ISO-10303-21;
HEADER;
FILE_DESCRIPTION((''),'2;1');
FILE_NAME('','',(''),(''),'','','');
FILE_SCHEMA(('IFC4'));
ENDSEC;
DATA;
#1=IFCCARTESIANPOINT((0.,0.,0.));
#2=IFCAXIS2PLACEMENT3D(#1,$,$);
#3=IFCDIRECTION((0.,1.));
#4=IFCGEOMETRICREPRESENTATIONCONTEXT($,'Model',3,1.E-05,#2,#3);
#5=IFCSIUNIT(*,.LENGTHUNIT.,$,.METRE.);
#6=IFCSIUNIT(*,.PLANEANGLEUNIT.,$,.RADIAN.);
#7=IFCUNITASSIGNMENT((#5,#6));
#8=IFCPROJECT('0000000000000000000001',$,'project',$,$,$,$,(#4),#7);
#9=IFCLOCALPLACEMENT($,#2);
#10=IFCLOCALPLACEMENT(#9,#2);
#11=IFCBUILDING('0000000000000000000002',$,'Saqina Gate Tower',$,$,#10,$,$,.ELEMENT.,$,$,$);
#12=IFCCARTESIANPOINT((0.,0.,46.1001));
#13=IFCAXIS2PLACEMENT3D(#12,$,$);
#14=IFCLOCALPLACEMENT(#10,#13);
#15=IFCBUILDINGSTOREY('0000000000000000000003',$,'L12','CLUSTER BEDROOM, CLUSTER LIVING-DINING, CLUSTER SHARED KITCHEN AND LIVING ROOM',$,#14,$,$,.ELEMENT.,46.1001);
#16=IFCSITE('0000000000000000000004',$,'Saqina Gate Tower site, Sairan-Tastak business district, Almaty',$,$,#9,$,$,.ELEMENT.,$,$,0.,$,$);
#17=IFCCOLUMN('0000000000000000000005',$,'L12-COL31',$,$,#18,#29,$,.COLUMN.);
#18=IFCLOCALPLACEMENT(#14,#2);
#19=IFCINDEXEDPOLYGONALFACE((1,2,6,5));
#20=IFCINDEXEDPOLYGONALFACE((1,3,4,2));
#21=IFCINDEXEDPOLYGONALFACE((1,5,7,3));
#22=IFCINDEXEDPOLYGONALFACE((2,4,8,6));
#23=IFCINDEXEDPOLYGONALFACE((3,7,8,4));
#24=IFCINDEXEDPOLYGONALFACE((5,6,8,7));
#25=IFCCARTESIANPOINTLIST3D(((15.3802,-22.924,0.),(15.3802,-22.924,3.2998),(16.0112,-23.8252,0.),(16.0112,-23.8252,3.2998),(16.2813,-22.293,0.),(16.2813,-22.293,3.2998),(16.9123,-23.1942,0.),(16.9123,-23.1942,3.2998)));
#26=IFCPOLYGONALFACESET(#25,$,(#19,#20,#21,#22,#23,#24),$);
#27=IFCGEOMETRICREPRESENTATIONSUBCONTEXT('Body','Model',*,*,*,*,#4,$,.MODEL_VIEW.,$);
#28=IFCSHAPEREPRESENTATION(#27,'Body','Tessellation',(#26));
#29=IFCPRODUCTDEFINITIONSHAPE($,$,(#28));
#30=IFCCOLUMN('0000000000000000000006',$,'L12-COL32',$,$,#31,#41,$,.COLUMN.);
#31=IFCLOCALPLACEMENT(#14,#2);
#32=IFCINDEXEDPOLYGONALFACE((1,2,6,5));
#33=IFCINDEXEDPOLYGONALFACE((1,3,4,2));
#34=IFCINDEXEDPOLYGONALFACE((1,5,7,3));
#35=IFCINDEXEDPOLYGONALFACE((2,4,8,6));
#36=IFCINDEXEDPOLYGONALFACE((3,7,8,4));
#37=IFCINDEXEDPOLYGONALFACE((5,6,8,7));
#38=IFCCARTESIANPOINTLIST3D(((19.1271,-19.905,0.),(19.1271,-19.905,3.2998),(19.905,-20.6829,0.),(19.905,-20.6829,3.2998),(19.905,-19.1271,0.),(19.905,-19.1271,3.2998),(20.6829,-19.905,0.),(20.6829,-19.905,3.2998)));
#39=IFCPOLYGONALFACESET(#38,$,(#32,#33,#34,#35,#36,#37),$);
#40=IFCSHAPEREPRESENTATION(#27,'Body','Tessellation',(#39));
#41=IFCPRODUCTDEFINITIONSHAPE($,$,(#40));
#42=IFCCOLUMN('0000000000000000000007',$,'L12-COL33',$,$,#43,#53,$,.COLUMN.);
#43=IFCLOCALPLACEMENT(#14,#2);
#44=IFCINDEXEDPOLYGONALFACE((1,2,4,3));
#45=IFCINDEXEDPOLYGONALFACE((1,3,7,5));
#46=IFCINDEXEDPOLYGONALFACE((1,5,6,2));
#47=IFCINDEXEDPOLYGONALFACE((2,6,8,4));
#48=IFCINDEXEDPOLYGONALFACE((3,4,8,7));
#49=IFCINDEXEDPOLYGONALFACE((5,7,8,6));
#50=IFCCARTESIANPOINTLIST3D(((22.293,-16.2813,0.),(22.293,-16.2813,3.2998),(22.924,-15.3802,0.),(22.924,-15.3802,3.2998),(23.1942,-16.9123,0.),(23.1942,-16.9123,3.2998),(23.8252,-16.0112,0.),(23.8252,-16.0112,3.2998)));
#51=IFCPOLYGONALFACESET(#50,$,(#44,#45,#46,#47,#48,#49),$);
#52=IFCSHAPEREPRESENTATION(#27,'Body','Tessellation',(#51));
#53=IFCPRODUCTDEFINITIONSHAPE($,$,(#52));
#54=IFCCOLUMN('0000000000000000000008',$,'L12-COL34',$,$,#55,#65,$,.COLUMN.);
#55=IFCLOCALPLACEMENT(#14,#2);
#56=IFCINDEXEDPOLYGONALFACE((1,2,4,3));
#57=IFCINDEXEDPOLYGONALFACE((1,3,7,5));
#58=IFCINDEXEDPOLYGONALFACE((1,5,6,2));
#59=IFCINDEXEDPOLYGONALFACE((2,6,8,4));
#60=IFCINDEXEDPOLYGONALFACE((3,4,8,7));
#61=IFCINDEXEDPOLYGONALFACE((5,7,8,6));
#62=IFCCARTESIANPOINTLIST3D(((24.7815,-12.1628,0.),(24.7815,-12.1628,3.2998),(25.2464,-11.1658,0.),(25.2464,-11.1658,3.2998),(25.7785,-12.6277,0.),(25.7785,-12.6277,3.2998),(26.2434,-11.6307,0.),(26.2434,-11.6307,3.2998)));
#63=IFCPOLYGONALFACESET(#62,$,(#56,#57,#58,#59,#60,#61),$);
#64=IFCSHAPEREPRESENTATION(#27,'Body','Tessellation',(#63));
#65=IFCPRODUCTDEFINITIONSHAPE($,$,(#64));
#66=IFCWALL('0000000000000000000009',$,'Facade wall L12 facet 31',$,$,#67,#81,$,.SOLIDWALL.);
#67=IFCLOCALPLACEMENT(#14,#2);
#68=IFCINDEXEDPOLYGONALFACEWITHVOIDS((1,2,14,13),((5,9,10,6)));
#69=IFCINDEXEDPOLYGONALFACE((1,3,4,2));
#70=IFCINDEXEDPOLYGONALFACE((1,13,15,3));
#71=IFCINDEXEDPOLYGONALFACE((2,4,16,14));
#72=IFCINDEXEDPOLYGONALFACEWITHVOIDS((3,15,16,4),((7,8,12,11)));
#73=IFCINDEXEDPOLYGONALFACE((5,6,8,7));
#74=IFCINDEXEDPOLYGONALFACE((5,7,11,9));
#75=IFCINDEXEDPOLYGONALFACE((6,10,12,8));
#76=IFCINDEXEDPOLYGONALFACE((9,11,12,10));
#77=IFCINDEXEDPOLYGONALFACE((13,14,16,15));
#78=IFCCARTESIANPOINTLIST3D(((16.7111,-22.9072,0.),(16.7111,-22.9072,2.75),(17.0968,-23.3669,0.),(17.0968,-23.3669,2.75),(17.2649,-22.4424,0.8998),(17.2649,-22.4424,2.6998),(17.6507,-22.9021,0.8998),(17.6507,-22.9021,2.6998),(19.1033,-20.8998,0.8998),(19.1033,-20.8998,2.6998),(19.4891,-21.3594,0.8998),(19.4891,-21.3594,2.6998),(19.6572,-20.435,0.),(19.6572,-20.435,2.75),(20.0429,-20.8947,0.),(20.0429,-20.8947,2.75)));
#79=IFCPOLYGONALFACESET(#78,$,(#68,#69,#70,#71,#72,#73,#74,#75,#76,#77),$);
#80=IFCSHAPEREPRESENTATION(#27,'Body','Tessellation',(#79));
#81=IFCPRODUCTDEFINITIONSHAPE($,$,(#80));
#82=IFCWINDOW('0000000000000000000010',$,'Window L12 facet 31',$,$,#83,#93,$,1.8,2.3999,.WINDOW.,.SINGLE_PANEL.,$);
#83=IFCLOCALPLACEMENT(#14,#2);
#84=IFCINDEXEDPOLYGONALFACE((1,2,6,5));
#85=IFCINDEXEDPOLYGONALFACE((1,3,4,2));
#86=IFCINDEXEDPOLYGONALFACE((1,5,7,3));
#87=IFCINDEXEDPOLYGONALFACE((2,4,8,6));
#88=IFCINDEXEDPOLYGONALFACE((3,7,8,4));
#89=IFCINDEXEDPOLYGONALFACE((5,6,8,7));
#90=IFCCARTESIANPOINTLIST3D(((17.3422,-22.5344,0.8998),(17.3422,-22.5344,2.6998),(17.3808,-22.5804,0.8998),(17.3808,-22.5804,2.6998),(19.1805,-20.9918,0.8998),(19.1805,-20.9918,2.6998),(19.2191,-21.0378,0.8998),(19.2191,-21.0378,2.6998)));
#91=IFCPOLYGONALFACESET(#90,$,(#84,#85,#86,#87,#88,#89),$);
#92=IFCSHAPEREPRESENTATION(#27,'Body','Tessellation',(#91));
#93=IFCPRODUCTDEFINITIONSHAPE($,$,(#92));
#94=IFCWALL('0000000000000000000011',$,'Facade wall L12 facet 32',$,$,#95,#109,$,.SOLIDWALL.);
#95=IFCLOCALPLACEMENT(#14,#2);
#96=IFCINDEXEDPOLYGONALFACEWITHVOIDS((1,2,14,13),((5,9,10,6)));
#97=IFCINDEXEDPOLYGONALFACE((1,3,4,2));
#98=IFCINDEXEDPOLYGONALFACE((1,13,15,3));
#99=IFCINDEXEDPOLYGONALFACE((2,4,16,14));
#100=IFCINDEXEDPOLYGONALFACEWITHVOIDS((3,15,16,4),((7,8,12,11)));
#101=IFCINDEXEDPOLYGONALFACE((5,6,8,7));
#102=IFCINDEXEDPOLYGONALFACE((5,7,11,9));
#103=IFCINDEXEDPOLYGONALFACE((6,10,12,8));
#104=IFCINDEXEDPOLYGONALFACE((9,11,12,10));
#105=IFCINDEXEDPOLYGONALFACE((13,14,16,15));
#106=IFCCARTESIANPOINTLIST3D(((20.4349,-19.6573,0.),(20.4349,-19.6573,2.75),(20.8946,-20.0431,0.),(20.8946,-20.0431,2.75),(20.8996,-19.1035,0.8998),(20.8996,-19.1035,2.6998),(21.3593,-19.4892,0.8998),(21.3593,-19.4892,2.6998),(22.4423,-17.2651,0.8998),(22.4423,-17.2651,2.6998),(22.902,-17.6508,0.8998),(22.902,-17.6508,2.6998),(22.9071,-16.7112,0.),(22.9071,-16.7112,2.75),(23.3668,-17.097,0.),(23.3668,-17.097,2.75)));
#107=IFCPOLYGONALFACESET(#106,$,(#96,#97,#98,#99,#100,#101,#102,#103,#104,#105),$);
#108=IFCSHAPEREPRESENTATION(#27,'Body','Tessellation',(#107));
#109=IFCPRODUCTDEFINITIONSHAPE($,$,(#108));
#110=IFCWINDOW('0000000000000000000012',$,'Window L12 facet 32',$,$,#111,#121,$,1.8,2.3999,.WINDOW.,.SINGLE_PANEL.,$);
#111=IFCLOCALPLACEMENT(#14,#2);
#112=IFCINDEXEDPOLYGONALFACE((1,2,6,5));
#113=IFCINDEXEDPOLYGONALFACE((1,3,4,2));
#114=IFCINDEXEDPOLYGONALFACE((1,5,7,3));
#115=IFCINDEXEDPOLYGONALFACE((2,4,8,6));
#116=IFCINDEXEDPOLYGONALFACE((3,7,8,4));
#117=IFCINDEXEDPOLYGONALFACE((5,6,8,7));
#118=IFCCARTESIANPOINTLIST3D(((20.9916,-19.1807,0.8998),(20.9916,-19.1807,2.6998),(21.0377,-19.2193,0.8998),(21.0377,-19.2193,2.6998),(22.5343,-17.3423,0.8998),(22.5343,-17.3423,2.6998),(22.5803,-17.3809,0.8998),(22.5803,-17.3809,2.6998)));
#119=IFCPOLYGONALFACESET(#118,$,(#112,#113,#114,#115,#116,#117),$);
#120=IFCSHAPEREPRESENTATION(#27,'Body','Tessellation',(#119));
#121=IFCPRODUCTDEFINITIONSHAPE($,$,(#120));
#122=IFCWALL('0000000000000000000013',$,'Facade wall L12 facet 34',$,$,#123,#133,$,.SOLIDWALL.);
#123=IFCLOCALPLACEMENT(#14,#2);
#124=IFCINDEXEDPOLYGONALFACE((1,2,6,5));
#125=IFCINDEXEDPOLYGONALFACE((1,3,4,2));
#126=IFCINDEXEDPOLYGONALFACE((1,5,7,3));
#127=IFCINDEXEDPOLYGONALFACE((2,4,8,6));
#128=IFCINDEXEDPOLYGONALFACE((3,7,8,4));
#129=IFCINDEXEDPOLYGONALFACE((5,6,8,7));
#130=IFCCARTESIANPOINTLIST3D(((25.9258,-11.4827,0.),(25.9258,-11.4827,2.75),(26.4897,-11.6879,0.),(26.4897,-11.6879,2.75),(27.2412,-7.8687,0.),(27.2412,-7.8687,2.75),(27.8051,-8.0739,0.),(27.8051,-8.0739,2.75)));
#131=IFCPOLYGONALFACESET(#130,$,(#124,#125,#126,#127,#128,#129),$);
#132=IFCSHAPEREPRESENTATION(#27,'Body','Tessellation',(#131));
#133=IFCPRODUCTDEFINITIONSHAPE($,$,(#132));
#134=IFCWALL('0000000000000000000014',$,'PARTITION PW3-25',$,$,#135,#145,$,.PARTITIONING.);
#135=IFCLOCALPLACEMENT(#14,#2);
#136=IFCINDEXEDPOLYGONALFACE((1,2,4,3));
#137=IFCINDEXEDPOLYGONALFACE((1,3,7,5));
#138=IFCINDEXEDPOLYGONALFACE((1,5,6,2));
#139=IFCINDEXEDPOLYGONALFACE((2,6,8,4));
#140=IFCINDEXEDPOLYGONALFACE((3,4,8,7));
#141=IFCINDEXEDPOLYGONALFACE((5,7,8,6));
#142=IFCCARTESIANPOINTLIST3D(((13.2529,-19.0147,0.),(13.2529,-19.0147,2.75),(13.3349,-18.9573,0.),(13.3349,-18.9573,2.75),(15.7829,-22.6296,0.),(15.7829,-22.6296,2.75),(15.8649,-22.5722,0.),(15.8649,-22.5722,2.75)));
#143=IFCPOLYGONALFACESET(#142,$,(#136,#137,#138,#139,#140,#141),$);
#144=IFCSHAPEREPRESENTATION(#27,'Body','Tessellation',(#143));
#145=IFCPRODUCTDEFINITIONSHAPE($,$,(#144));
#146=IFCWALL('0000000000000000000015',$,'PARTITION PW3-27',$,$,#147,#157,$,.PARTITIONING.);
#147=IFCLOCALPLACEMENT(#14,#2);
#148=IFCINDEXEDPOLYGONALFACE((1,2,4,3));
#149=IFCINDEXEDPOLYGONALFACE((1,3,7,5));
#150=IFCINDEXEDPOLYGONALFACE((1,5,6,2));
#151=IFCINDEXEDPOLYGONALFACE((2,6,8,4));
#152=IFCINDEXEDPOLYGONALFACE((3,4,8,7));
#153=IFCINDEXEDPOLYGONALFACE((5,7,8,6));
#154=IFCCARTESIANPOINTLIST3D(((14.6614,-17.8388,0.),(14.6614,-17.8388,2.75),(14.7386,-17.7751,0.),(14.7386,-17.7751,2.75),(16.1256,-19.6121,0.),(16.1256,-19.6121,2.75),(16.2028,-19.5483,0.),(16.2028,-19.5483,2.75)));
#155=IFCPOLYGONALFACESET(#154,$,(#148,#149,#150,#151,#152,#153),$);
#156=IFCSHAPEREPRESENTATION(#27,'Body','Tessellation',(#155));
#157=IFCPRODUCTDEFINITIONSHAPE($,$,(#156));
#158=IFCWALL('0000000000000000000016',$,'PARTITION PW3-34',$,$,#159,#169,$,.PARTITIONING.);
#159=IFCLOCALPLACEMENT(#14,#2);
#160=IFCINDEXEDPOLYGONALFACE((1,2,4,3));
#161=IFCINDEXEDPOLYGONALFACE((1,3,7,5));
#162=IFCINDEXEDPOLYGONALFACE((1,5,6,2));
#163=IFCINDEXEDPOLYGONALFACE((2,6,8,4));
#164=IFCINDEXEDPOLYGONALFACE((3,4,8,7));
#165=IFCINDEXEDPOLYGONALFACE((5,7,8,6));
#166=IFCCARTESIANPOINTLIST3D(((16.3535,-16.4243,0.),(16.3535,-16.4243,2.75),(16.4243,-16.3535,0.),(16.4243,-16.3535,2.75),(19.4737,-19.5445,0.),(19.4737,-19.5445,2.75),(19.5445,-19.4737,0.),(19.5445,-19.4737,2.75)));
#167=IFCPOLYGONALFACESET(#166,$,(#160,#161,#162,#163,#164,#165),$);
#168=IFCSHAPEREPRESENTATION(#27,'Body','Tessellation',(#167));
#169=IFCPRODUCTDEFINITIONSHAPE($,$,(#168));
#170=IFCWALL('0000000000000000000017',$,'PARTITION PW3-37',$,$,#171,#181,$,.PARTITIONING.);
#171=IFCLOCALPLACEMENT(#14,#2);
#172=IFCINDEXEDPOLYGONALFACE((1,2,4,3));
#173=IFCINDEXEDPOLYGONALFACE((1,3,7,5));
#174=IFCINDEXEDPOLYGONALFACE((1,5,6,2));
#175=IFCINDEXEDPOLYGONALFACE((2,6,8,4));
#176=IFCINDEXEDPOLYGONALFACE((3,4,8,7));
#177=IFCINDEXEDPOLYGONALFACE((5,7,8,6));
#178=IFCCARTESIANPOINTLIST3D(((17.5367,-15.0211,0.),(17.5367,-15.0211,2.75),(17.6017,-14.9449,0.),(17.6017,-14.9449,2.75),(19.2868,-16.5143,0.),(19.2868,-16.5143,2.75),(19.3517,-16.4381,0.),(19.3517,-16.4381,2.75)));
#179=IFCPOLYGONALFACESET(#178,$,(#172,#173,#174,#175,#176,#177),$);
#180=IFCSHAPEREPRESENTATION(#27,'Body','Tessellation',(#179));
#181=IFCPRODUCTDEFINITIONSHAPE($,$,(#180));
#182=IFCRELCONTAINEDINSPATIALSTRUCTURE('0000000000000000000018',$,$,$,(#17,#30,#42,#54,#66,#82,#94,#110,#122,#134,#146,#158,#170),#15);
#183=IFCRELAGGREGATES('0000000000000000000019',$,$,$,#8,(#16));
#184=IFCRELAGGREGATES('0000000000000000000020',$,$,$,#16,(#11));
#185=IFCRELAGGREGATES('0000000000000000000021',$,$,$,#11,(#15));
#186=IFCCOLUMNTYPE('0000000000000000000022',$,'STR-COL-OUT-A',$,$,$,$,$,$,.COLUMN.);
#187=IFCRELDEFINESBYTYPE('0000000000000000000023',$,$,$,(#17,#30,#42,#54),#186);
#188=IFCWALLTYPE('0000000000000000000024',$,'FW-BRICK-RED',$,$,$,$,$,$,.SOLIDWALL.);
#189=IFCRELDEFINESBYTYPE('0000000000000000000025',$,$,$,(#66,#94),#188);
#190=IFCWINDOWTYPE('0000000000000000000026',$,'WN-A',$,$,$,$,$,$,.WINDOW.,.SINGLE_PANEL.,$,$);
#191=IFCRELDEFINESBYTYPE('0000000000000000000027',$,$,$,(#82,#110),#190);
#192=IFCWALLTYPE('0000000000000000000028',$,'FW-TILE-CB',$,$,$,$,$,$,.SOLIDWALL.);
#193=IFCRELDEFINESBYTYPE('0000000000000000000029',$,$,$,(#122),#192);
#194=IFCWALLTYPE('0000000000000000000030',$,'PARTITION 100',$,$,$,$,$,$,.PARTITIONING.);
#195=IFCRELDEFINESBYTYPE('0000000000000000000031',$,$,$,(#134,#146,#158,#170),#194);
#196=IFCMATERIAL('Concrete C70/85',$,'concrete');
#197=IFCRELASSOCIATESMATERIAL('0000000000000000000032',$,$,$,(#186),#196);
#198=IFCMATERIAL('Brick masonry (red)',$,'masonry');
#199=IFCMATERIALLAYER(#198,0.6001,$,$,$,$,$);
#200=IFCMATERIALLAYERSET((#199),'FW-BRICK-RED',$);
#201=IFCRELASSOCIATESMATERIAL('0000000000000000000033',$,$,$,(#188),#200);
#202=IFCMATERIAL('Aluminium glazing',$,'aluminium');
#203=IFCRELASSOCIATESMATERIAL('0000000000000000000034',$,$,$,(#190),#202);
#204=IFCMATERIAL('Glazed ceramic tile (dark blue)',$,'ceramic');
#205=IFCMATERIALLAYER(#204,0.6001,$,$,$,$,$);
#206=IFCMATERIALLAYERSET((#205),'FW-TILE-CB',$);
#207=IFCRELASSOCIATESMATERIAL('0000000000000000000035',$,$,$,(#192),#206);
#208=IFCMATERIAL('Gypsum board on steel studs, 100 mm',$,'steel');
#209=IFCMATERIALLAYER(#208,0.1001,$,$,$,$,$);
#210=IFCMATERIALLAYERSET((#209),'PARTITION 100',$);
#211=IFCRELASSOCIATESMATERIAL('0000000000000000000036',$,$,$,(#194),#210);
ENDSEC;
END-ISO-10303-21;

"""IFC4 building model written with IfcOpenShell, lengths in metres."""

from ifc_helpers import new_model, si_unit, direction, frame, frame_2d, origin, origin_2d, place, context, subcontext, project, spatial, rectangle, extrude, material, layer, layer_set, material_profile, profile_set, type_object, element, fill, save


model = new_model("IFC4")

# Units and contexts
model_context = context("Model", 3, precision=1e-05, world=origin(), true_north=direction((0.0, 1.0)))
body_context = subcontext(model_context, "Body", "Model", "MODEL_VIEW")
ifc_project = project(units=[si_unit("LENGTHUNIT", "METRE"), si_unit("PLANEANGLEUNIT", "RADIAN")], contexts=[model_context])

# Site, building, storey
site_placement = place(None, origin())
site = spatial("IfcSite", under=ifc_project, at=site_placement, Name="Saqina Gate Tower site, Sairan-Tastak business district, Almaty", CompositionType="ELEMENT", RefElevation=0.0)
building_placement = place(site_placement, origin())
building = spatial("IfcBuilding", under=site, at=building_placement, Name="Saqina Gate Tower", CompositionType="ELEMENT")
storey_placement = place(building_placement, frame((0.0, 0.0, 46.1001)))
storey = spatial("IfcBuildingStorey", under=building, at=storey_placement, Name="L12", Description="CLUSTER BEDROOM, CLUSTER LIVING-DINING, CLUSTER SHARED KITCHEN AND LIVING ROOM", CompositionType="ELEMENT", Elevation=46.1001)

# Columns
ifc_material_1 = material(Name="Concrete C70/85", Category="concrete")
ifc_material_profile = material_profile(ifc_material_1, rectangle(XDim=1.1001, YDim=1.1001, at=origin_2d()), Name="RC 1100x1100")
ifc_profile_set = profile_set([ifc_material_profile], Name="Concrete C70/85")
column_type = type_object("IfcColumnType", Name="STR-COL-OUT-A", PredefinedType="COLUMN", material=ifc_profile_set)
for number, where, z_axis, x_axis, name in (
    (1, (16.1462, -23.0591, 0.0), (0.0, 0.0, 1.0), (0.573576, -0.819152, 0.0), "L12-COL31"),
    (2, (19.905, -19.905, 0.0), (0.0, 0.0, 1.0), (0.707107, -0.707107, 0.0), "L12-COL32"),
    (3, (23.0591, -16.1462, 0.0), (0.0, 0.0, 1.0), (0.819152, -0.573576, 0.0), "L12-COL33"),
    (4, (25.5125, -11.8967, 0.0), (0.0, 0.0, 1.0), (0.906308, -0.422618, 0.0), "L12-COL34"),
):
    element("IfcColumn", number, at=place(storey_placement, frame(where, z_axis=z_axis, x_axis=x_axis)), inside=storey, type_object=column_type, Name=name, PredefinedType="COLUMN", context=body_context, shape_type="SweptSolid", body=[
        extrude(rectangle(XDim=1.1001, YDim=1.1001, at=origin_2d()), origin(), (0.0, 0.0, 1.0), 3.2998),
    ])

# Walls, openings, windows
ifc_material_2 = material(Name="Brick masonry (red)", Category="masonry")
ifc_layer_1 = layer(ifc_material_2, 0.6001)
ifc_layer_set_1 = layer_set([ifc_layer_1], Name="FW-BRICK-RED")
wall_type_1 = type_object("IfcWallType", Name="FW-BRICK-RED", PredefinedType="SOLIDWALL", material=ifc_layer_set_1)
wall_1_placement = place(storey_placement, frame((16.9041, -23.137, 0.0), z_axis=(0.0, 0.0, 1.0), x_axis=(0.766026, 0.642809, 0.0)))
wall_1 = element("IfcWall", 5, at=wall_1_placement, inside=storey, type_object=wall_type_1, Name="Facade wall L12 facet 31", PredefinedType="SOLIDWALL", context=body_context, shape_type="SweptSolid", body=[
    extrude(rectangle(XDim=3.8459, YDim=0.6001, at=frame_2d((1.9229, 0.0))), origin(), (0.0, 0.0, 1.0), 2.75),
])
opening_1_placement = place(wall_1_placement, frame((0.7229, 0.0, 0.8999)))
opening_1 = element("IfcOpeningElement", 6, at=opening_1_placement, cuts=wall_1, PredefinedType="OPENING", context=body_context, shape_type="SweptSolid", body=[
    extrude(rectangle(XDim=2.3999, YDim=1.8, at=frame_2d((1.2, 0.8999))), frame((0.0, 0.312, 0.0), z_axis=(0.0, -1.0, 0.0), x_axis=(1.0, 0.0, 0.0)), (0.0, 0.0, 1.0), 0.624),
])
ifc_material_3 = material(Name="Aluminium glazing", Category="aluminium")
window_type = type_object("IfcWindowType", Name="WN-A", PartitioningType="SINGLE_PANEL", PredefinedType="WINDOW", material=ifc_material_3)
window_1_placement = place(opening_1_placement, origin())
window_1 = element("IfcWindow", 7, at=window_1_placement, inside=storey, type_object=window_type, Name="Window L12 facet 31", OverallHeight=1.8, OverallWidth=2.3999, PartitioningType="SINGLE_PANEL", PredefinedType="WINDOW", context=body_context, shape_type="SweptSolid", body=[
    extrude(rectangle(XDim=2.3999, YDim=1.8, at=frame_2d((1.2, 0.8999))), frame((0.0, 0.1799, 0.0), z_axis=(0.0, -1.0, 0.0), x_axis=(1.0, 0.0, 0.0)), (0.0, 0.0, 1.0), 0.0601),
])
fill(opening_1, window_1)
wall_2_placement = place(storey_placement, frame((20.6648, -19.8501, 0.0), z_axis=(0.0, 0.0, 1.0), x_axis=(0.642809, 0.766026, 0.0)))
wall_2 = element("IfcWall", 8, at=wall_2_placement, inside=storey, type_object=wall_type_1, Name="Facade wall L12 facet 32", PredefinedType="SOLIDWALL", context=body_context, shape_type="SweptSolid", body=[
    extrude(rectangle(XDim=3.8459, YDim=0.6001, at=frame_2d((1.9229, 0.0))), origin(), (0.0, 0.0, 1.0), 2.75),
])
opening_2_placement = place(wall_2_placement, frame((0.7229, 0.0, 0.8999)))
opening_2 = element("IfcOpeningElement", 9, at=opening_2_placement, cuts=wall_2, PredefinedType="OPENING", context=body_context, shape_type="SweptSolid", body=[
    extrude(rectangle(XDim=2.3999, YDim=1.8, at=frame_2d((1.2, 0.8999))), frame((0.0, 0.312, 0.0), z_axis=(0.0, -1.0, 0.0), x_axis=(1.0, 0.0, 0.0)), (0.0, 0.0, 1.0), 0.624),
])
window_2_placement = place(opening_2_placement, origin())
window_2 = element("IfcWindow", 10, at=window_2_placement, inside=storey, type_object=window_type, Name="Window L12 facet 32", OverallHeight=1.8, OverallWidth=2.3999, PartitioningType="SINGLE_PANEL", PredefinedType="WINDOW", context=body_context, shape_type="SweptSolid", body=[
    extrude(rectangle(XDim=2.3999, YDim=1.8, at=frame_2d((1.2, 0.8999))), frame((0.0, 0.1799, 0.0), z_axis=(0.0, -1.0, 0.0), x_axis=(1.0, 0.0, 0.0)), (0.0, 0.0, 1.0), 0.0601),
])
fill(opening_2, window_2)

# Walls
ifc_material_4 = material(Name="Glazed ceramic tile (dark blue)", Category="ceramic")
ifc_layer_2 = layer(ifc_material_4, 0.6001)
ifc_layer_set_2 = layer_set([ifc_layer_2], Name="FW-TILE-CB")
wall_type_2 = type_object("IfcWallType", Name="FW-TILE-CB", PredefinedType="SOLIDWALL", material=ifc_layer_set_2)
wall_3_placement = place(storey_placement, frame((26.2078, -11.5852, 0.0), z_axis=(0.0, 0.0, 1.0), x_axis=(0.342028, 0.93969, 0.0)))
element("IfcWall", 11, at=wall_3_placement, inside=storey, type_object=wall_type_2, Name="Facade wall L12 facet 34", PredefinedType="SOLIDWALL", context=body_context, shape_type="SweptSolid", body=[
    extrude(rectangle(XDim=3.8459, YDim=0.6001, at=frame_2d((1.9229, 0.0))), origin(), (0.0, 0.0, 1.0), 2.75),
])
ifc_material_5 = material(Name="Gypsum board on steel studs, 100 mm", Category="steel")
ifc_layer_3 = layer(ifc_material_5, 0.1001)
ifc_layer_set_3 = layer_set([ifc_layer_3], Name="PARTITION 100")
wall_type_3 = type_object("IfcWallType", Name="PARTITION 100", PredefinedType="PARTITIONING", material=ifc_layer_set_3)
wall_4_placement = place(storey_placement, frame((13.2939, -18.9861, 0.0), z_axis=(0.0, 0.0, 1.0), x_axis=(0.573392, -0.819281, 0.0)))
element("IfcWall", 12, at=wall_4_placement, inside=storey, type_object=wall_type_3, Name="PARTITION PW3-25", PredefinedType="PARTITIONING", context=body_context, shape_type="SweptSolid", body=[
    extrude(rectangle(XDim=4.4124, YDim=0.1001, at=frame_2d((2.2061, 0.0))), origin(), (0.0, 0.0, 1.0), 2.75),
])
wall_5_placement = place(storey_placement, frame((14.7, -17.8069, 0.0), z_axis=(0.0, 0.0, 1.0), x_axis=(0.6367, -0.771111, 0.0)))
element("IfcWall", 13, at=wall_5_placement, inside=storey, type_object=wall_type_3, Name="PARTITION PW3-27", PredefinedType="PARTITIONING", context=body_context, shape_type="SweptSolid", body=[
    extrude(rectangle(XDim=2.2996, YDim=0.1001, at=frame_2d((1.1499, 0.0))), origin(), (0.0, 0.0, 1.0), 2.75),
])
wall_6_placement = place(storey_placement, frame((16.3889, -16.3889, 0.0), z_axis=(0.0, 0.0, 1.0), x_axis=(0.707107, -0.707107, 0.0)))
element("IfcWall", 14, at=wall_6_placement, inside=storey, type_object=wall_type_3, Name="PARTITION PW3-34", PredefinedType="PARTITIONING", context=body_context, shape_type="SweptSolid", body=[
    extrude(rectangle(XDim=4.4126, YDim=0.1001, at=frame_2d((2.2063, 0.0))), origin(), (0.0, 0.0, 1.0), 2.75),
])
wall_7_placement = place(storey_placement, frame((17.5691, -14.9829, 0.0), z_axis=(0.0, 0.0, 1.0), x_axis=(0.760723, -0.649077, 0.0)))
element("IfcWall", 15, at=wall_7_placement, inside=storey, type_object=wall_type_3, Name="PARTITION PW3-37", PredefinedType="PARTITIONING", context=body_context, shape_type="SweptSolid", body=[
    extrude(rectangle(XDim=2.3005, YDim=0.1001, at=frame_2d((1.1504, 0.0))), origin(), (0.0, 0.0, 1.0), 2.75),
])

save(model, "model.ifc")
